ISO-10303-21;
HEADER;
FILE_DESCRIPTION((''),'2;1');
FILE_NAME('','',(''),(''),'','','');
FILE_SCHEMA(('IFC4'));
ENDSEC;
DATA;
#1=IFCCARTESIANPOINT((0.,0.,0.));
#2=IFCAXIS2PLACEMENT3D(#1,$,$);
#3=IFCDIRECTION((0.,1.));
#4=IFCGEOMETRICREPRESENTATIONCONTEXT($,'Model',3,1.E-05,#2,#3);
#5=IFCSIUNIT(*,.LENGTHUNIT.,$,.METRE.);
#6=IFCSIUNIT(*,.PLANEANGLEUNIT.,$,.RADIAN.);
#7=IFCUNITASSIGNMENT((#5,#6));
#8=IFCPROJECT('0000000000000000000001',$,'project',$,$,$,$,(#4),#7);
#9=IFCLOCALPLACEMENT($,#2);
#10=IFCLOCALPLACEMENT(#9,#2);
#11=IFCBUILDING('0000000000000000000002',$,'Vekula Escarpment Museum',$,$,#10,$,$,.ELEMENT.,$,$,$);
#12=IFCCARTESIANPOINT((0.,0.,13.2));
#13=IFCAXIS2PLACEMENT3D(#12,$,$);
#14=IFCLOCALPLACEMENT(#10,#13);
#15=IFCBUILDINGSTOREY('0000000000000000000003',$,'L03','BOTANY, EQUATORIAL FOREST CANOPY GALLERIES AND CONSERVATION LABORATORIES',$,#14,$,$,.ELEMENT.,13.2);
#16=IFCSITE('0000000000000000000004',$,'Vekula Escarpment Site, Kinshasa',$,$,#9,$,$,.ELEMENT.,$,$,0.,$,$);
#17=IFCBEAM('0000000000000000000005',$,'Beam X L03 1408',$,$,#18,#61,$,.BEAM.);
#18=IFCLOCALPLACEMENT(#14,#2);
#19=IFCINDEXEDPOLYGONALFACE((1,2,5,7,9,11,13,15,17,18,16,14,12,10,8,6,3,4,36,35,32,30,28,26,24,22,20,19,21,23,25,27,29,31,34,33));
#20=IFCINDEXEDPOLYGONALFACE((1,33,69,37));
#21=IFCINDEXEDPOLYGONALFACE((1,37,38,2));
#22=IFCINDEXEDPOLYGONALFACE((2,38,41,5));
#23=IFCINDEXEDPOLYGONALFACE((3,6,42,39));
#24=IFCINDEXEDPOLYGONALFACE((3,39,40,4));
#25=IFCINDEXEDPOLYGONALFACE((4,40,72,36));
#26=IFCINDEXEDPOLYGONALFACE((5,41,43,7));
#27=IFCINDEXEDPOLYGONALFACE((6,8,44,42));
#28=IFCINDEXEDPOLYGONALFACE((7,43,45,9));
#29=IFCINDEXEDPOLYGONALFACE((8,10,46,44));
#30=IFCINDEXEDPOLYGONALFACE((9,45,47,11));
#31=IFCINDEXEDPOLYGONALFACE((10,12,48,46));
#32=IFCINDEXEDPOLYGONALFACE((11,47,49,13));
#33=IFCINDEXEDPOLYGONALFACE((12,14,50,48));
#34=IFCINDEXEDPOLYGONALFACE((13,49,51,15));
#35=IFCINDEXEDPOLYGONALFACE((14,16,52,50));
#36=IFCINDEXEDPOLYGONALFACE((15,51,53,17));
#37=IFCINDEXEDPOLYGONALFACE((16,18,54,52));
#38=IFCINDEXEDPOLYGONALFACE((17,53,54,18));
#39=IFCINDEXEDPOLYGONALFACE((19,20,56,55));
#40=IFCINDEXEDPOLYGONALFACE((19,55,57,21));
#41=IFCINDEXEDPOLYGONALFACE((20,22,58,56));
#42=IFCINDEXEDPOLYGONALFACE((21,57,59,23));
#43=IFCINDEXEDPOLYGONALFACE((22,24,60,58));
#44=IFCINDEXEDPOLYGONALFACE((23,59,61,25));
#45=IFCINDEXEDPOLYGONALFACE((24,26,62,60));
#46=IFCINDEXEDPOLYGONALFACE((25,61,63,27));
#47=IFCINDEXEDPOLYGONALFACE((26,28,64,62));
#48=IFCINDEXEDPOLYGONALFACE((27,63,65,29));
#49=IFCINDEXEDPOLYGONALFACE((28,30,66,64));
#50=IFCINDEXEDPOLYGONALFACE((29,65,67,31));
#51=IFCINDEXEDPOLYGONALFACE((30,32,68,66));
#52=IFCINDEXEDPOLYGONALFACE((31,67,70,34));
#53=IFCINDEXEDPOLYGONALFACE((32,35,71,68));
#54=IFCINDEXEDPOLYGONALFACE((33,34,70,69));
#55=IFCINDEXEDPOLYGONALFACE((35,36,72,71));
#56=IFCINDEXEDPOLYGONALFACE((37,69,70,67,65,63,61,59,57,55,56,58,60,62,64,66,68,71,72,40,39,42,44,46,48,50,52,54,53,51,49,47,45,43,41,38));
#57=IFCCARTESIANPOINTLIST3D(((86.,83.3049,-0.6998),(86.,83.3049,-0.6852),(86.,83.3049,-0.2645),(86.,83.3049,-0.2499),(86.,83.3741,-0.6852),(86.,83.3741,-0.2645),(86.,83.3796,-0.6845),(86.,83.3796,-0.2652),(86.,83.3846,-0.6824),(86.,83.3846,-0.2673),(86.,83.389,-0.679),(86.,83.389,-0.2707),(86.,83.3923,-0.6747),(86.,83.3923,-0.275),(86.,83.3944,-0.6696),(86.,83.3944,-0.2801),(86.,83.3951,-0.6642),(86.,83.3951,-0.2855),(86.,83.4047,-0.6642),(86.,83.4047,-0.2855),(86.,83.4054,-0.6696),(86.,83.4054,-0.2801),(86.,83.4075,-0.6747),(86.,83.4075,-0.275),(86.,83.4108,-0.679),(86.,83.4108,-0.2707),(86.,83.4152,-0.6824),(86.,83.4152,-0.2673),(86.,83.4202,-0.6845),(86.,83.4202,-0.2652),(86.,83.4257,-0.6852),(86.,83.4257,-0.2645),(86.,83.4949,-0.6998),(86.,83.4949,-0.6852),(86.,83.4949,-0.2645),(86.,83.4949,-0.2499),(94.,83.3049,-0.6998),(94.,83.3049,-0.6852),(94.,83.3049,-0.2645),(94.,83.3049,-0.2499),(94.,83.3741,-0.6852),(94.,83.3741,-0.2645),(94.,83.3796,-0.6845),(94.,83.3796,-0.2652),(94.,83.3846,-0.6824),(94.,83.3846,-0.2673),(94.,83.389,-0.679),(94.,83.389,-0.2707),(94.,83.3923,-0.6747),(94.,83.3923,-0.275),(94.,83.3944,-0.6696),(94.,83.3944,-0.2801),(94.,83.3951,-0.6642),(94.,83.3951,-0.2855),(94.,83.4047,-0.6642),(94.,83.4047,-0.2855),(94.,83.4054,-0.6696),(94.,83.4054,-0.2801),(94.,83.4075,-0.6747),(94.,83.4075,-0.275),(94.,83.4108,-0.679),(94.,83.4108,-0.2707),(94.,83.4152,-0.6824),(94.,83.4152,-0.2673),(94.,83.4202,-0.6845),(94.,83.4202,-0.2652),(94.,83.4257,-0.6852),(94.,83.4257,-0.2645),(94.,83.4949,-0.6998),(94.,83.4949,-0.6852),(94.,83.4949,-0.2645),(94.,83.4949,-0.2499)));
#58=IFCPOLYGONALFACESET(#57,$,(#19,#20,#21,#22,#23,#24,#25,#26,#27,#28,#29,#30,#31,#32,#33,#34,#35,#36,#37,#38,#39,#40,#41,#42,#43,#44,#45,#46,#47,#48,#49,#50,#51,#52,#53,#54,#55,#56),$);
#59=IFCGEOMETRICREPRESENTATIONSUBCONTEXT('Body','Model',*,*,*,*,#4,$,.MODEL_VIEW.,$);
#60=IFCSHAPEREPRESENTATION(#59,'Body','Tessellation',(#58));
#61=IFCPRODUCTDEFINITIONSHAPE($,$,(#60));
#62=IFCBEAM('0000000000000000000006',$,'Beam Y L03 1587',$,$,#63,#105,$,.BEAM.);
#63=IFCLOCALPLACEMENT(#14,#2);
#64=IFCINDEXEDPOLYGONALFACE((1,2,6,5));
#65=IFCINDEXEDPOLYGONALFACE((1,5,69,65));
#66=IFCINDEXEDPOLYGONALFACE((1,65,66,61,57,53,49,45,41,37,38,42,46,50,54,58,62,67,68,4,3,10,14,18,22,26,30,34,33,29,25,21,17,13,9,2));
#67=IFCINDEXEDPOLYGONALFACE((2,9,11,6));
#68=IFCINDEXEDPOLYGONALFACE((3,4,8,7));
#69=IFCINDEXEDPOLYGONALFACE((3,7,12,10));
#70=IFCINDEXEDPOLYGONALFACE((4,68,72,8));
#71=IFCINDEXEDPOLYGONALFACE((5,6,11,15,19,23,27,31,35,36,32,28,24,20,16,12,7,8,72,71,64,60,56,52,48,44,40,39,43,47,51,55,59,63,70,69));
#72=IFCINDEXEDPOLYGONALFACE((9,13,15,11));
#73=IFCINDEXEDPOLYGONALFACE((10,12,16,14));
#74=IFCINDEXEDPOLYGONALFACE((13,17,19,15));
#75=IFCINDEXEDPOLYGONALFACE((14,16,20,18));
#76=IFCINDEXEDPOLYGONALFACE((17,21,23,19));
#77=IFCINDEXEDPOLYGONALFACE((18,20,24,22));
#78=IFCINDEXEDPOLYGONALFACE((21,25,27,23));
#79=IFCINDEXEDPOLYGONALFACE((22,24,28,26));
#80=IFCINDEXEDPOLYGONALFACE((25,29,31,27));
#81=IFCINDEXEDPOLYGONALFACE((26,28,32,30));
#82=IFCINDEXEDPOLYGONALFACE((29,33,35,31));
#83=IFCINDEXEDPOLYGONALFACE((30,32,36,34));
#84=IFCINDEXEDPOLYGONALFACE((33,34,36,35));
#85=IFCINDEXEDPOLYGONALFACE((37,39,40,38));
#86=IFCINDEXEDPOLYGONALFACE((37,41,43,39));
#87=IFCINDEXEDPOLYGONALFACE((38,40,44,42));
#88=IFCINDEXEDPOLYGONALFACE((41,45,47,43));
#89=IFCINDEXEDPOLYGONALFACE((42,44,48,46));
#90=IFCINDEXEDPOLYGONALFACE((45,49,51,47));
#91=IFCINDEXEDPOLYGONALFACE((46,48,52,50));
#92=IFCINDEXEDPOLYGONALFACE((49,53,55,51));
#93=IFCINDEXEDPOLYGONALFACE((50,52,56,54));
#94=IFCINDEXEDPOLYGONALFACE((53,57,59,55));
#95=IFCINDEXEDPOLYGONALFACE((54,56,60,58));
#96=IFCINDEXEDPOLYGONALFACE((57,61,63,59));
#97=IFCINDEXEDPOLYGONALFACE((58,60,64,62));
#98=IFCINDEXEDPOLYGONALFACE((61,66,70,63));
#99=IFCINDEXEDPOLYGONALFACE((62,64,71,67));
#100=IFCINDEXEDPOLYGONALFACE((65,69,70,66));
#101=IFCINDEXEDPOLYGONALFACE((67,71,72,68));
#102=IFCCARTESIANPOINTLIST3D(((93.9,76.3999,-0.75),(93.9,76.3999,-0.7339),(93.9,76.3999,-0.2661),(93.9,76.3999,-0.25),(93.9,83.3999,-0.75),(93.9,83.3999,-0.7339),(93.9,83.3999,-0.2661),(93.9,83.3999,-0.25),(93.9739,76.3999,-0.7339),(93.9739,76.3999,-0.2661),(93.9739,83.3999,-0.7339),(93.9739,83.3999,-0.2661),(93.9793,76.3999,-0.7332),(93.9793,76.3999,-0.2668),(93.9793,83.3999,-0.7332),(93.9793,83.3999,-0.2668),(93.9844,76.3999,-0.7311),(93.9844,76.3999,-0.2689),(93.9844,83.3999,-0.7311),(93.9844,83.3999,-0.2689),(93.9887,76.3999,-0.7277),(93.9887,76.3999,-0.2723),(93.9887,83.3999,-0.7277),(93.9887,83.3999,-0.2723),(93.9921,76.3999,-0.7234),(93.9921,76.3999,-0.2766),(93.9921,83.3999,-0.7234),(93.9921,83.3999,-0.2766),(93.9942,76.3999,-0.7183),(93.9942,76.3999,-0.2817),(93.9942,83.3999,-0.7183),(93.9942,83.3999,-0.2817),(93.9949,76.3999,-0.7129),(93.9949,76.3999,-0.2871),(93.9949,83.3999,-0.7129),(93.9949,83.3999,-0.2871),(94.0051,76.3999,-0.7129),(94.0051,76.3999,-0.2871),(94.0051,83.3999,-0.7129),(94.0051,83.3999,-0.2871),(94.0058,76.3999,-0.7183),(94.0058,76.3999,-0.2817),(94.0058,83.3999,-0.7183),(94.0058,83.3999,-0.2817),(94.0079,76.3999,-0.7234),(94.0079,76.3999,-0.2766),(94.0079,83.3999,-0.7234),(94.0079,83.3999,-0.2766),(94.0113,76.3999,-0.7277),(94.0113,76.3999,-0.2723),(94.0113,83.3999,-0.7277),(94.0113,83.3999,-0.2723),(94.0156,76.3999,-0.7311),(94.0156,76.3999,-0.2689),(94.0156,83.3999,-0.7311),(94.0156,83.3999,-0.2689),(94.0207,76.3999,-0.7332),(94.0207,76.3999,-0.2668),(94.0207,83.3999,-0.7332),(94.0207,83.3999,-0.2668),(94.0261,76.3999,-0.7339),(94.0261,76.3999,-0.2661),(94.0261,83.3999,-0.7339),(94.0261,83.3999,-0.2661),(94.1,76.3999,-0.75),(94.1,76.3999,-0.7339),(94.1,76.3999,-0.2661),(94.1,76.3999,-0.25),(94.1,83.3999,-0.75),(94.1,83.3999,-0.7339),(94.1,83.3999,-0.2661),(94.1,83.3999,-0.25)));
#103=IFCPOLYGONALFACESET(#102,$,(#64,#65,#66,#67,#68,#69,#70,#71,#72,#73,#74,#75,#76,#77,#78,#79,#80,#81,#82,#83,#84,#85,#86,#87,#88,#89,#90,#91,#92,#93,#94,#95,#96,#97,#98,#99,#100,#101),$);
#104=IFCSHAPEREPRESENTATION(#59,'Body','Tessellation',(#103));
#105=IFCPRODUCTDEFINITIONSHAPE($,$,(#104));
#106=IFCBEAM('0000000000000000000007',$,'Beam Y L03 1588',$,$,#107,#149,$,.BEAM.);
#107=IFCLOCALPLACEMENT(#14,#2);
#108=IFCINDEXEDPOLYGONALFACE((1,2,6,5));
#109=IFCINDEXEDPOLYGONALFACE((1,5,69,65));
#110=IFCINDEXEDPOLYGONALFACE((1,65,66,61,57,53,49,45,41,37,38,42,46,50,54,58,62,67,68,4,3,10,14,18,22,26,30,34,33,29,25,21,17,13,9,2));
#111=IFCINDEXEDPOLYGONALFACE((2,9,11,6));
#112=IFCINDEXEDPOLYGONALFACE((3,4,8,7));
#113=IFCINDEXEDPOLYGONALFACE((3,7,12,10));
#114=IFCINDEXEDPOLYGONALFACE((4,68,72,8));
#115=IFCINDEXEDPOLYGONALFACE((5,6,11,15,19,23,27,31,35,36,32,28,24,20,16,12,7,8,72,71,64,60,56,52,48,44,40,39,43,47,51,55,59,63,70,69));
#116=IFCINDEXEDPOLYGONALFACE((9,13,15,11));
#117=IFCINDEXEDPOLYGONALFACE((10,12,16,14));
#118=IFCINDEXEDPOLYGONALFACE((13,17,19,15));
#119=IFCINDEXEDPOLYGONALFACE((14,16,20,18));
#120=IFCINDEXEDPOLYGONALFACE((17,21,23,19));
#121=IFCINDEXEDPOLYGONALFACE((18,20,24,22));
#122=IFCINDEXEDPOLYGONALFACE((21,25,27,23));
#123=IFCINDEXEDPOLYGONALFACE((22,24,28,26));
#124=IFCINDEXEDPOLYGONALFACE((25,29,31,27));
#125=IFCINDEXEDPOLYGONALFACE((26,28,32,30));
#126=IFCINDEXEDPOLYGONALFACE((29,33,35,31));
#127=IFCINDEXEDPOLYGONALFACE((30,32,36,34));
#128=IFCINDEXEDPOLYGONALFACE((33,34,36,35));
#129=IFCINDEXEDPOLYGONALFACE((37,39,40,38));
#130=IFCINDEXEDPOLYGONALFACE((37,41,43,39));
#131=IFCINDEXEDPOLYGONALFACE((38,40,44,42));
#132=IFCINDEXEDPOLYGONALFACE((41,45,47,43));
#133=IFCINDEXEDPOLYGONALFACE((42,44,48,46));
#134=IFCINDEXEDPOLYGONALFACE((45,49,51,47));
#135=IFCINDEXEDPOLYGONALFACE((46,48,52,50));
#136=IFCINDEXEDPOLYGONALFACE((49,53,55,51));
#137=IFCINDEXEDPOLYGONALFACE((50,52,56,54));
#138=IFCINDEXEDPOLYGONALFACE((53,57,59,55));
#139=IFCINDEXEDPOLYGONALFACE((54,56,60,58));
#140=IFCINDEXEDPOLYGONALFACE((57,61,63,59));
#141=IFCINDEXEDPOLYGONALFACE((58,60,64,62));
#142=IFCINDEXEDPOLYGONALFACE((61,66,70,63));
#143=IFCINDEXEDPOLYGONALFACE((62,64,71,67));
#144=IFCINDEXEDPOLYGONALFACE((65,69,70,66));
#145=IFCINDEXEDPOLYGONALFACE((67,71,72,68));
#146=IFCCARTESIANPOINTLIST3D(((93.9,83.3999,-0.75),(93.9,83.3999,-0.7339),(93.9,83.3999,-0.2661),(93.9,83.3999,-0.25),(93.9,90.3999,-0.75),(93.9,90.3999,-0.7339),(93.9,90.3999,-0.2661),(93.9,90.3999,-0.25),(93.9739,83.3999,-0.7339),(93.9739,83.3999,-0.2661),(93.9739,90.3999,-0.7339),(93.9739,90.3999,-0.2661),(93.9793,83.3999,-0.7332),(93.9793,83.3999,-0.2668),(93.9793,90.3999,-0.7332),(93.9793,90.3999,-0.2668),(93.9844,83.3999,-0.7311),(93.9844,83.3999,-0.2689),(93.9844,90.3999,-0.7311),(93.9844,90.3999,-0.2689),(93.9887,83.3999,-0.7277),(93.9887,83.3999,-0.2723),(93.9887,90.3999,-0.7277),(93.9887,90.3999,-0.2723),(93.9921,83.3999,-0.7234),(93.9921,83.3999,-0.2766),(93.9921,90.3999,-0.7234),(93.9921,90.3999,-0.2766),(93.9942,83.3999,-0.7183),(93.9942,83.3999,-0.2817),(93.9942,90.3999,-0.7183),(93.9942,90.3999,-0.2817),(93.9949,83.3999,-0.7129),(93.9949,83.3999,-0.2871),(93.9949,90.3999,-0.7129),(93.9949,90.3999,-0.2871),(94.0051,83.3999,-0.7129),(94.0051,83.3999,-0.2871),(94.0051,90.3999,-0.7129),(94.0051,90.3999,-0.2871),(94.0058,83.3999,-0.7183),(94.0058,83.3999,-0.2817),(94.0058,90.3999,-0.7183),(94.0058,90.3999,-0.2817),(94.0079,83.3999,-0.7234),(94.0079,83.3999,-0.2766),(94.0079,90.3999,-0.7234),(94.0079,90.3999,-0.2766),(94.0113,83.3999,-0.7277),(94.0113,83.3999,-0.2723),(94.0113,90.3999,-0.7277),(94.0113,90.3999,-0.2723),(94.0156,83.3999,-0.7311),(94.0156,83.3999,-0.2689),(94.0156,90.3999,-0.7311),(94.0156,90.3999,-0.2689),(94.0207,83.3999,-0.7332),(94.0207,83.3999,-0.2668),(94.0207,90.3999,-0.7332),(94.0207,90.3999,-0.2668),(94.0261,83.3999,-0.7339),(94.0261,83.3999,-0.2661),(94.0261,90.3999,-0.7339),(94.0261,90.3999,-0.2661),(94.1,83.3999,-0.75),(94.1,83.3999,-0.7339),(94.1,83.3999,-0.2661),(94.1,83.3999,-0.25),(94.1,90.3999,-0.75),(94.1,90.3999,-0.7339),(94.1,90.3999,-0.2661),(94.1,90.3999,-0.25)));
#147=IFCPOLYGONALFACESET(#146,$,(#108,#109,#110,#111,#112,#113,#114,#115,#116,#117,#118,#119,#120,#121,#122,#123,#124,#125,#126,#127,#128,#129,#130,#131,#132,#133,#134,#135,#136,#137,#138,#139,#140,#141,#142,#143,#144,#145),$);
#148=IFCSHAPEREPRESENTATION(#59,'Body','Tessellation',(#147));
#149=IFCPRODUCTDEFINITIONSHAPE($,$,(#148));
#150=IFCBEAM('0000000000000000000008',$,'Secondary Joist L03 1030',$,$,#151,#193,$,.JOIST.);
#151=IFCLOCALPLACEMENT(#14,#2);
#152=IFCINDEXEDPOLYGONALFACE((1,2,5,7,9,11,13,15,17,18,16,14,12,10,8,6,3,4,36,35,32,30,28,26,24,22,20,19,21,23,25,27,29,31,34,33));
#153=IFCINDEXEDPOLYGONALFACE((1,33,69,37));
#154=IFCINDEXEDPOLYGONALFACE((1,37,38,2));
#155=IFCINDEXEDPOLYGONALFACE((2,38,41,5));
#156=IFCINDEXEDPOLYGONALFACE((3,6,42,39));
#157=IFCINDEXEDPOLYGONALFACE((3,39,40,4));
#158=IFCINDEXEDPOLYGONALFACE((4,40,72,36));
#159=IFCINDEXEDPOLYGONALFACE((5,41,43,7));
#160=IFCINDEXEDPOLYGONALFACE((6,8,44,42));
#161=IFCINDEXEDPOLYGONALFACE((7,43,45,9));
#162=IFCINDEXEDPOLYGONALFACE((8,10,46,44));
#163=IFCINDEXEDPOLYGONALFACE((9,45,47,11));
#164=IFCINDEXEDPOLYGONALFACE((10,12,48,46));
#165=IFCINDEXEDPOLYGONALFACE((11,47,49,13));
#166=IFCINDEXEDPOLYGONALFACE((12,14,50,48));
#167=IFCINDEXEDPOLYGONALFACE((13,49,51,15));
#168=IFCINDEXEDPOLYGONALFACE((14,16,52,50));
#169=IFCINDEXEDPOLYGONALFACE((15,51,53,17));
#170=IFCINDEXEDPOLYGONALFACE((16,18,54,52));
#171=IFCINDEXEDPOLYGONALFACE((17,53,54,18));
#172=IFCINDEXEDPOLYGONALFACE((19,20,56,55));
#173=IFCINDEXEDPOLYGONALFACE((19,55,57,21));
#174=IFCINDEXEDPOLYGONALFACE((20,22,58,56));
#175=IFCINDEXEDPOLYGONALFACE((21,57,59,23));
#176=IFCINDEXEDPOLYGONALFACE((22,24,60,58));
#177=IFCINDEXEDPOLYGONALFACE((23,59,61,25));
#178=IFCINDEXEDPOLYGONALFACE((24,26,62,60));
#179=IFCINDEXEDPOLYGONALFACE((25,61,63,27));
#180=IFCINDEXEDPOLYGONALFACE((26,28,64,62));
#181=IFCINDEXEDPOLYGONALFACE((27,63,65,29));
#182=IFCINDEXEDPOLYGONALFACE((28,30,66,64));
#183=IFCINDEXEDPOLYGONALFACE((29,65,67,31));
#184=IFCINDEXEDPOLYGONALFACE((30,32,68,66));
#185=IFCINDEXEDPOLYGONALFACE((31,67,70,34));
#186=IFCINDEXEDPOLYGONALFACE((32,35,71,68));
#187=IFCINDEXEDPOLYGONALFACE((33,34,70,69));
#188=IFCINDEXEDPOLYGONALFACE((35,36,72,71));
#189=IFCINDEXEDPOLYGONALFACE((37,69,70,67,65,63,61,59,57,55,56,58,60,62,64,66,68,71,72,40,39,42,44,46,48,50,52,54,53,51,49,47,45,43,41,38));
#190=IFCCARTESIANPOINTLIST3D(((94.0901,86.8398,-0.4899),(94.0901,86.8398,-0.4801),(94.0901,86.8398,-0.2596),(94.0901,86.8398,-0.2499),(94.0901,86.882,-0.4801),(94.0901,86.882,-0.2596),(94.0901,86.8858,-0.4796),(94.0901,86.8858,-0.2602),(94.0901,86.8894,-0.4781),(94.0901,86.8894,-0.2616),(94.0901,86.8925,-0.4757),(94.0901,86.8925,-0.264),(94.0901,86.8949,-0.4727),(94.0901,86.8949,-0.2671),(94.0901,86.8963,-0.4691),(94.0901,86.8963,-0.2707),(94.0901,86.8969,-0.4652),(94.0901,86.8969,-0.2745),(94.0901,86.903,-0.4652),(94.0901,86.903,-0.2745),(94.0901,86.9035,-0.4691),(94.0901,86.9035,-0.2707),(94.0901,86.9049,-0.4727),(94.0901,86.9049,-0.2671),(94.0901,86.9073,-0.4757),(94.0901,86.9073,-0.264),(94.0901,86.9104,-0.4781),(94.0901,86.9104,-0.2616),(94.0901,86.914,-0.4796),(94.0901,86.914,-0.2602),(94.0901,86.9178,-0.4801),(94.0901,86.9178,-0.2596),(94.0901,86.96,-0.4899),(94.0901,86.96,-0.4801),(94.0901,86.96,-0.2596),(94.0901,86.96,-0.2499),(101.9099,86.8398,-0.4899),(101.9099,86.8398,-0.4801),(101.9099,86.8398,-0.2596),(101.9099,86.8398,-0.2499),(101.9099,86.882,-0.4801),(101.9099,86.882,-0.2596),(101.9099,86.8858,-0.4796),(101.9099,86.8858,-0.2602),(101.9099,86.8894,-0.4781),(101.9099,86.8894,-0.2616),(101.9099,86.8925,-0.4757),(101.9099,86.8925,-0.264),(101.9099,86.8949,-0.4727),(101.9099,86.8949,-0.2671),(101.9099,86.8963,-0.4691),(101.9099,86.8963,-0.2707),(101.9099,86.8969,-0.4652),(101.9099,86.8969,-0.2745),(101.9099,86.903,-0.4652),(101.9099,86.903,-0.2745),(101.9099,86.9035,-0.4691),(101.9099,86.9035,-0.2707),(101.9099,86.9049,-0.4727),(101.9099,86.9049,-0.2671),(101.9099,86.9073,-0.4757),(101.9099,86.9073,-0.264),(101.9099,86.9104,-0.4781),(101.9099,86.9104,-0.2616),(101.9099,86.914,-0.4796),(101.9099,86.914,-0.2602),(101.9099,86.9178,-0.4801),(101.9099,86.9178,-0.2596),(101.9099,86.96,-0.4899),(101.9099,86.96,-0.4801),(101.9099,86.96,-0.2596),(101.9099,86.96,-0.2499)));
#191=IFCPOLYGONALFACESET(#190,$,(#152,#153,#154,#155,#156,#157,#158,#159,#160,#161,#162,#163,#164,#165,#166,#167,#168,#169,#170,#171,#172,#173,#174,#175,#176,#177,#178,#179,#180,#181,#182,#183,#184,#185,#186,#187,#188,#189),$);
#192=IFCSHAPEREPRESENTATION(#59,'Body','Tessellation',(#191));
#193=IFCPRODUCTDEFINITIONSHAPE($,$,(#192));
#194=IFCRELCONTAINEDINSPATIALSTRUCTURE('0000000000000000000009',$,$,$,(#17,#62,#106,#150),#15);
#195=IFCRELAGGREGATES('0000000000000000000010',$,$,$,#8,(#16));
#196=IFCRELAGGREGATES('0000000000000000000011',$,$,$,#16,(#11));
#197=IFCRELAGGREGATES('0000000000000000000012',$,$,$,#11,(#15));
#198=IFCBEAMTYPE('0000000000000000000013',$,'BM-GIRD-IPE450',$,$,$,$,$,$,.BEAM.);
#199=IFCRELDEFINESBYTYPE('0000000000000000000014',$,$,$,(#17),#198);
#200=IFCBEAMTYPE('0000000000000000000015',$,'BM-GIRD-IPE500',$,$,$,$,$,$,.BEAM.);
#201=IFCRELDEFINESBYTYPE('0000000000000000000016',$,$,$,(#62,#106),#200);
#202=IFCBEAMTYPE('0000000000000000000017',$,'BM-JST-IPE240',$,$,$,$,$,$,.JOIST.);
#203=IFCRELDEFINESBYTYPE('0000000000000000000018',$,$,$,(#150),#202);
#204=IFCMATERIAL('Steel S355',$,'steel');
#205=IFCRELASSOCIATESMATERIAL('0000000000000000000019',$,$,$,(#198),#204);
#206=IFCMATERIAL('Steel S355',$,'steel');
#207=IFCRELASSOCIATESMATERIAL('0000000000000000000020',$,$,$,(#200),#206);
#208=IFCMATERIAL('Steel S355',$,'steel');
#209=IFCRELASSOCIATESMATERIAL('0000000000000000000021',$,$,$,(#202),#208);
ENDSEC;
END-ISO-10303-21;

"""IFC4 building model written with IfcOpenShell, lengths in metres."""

from ifc_helpers import new_model, si_unit, direction, frame, origin, origin_2d, place, context, subcontext, project, spatial, i_section, extrude, material, material_profile, profile_set, type_object, element, save


model = new_model("IFC4")

# Units and contexts
model_context = context("Model", 3, precision=1e-05, world=origin(), true_north=direction((0.0, 1.0)))
body_context = subcontext(model_context, "Body", "Model", "MODEL_VIEW")
ifc_project = project(units=[si_unit("LENGTHUNIT", "METRE"), si_unit("PLANEANGLEUNIT", "RADIAN")], contexts=[model_context])

# Site, building, storey
site_placement = place(None, origin())
site = spatial("IfcSite", under=ifc_project, at=site_placement, Name="Vekula Escarpment Site, Kinshasa", CompositionType="ELEMENT", RefElevation=0.0)
building_placement = place(site_placement, origin())
building = spatial("IfcBuilding", under=site, at=building_placement, Name="Vekula Escarpment Museum", CompositionType="ELEMENT")
storey_placement = place(building_placement, frame((0.0, 0.0, 13.2)))
storey = spatial("IfcBuildingStorey", under=building, at=storey_placement, Name="L03", Description="BOTANY, EQUATORIAL FOREST CANOPY GALLERIES AND CONSERVATION LABORATORIES", CompositionType="ELEMENT", Elevation=13.2)

# Beams
ifc_material_1 = material(Name="Steel S355", Category="steel")
ifc_material_profile_1 = material_profile(ifc_material_1, i_section(OverallWidth=0.1899, OverallDepth=0.45, WebThickness=0.0095, FlangeThickness=0.0146, FilletRadius=0.021, at=origin_2d()), Name="IPE 450")
ifc_profile_set_1 = profile_set([ifc_material_profile_1], Name="Steel S355")
beam_type_1 = type_object("IfcBeamType", Name="BM-GIRD-IPE450", PredefinedType="BEAM", material=ifc_profile_set_1)
beam_1_placement = place(storey_placement, frame((86.0, 83.3999, -0.4749), z_axis=(1.0, 0.0, 0.0), x_axis=(0.0, 1.0, 0.0)))
element("IfcBeam", 1, at=beam_1_placement, inside=storey, type_object=beam_type_1, Name="Beam X L03 1408", PredefinedType="BEAM", context=body_context, shape_type="SweptSolid", body=[
    extrude(i_section(OverallWidth=0.1899, OverallDepth=0.45, WebThickness=0.0095, FlangeThickness=0.0146, FilletRadius=0.021, at=origin_2d()), origin(), (0.0, 0.0, 1.0), 8.0),
])
ifc_material_2 = material(Name="Steel S355", Category="steel")
ifc_material_profile_2 = material_profile(ifc_material_2, i_section(OverallWidth=0.2, OverallDepth=0.5, WebThickness=0.0103, FlangeThickness=0.0161, FilletRadius=0.021, at=origin_2d()), Name="IPE 500")
ifc_profile_set_2 = profile_set([ifc_material_profile_2], Name="Steel S355")
beam_type_2 = type_object("IfcBeamType", Name="BM-GIRD-IPE500", PredefinedType="BEAM", material=ifc_profile_set_2)
for number, where, z_axis, x_axis, name in (
    (2, (94.0, 76.3999, -0.5), (0.0, 1.0, 0.0), (-1.0, 0.0, 0.0), "Beam Y L03 1587"),
    (3, (94.0, 83.3999, -0.5), (0.0, 1.0, 0.0), (-1.0, 0.0, 0.0), "Beam Y L03 1588"),
):
    element("IfcBeam", number, at=place(storey_placement, frame(where, z_axis=z_axis, x_axis=x_axis)), inside=storey, type_object=beam_type_2, Name=name, PredefinedType="BEAM", context=body_context, shape_type="SweptSolid", body=[
        extrude(i_section(OverallWidth=0.2, OverallDepth=0.5, WebThickness=0.0103, FlangeThickness=0.0161, FilletRadius=0.021, at=origin_2d()), origin(), (0.0, 0.0, 1.0), 7.0),
    ])
ifc_material_3 = material(Name="Steel S355", Category="steel")
ifc_material_profile_3 = material_profile(ifc_material_3, i_section(OverallWidth=0.1201, OverallDepth=0.24, WebThickness=0.0061, FlangeThickness=0.0098, FilletRadius=0.0149, at=origin_2d()), Name="IPE 240")
ifc_profile_set_3 = profile_set([ifc_material_profile_3], Name="Steel S355")
beam_type_3 = type_object("IfcBeamType", Name="BM-JST-IPE240", PredefinedType="JOIST", material=ifc_profile_set_3)
beam_2_placement = place(storey_placement, frame((94.0901, 86.8999, -0.3699), z_axis=(1.0, 0.0, 0.0), x_axis=(0.0, 1.0, 0.0)))
element("IfcBeam", 4, at=beam_2_placement, inside=storey, type_object=beam_type_3, Name="Secondary Joist L03 1030", PredefinedType="JOIST", context=body_context, shape_type="SweptSolid", body=[
    extrude(i_section(OverallWidth=0.1201, OverallDepth=0.24, WebThickness=0.0061, FlangeThickness=0.0098, FilletRadius=0.0149, at=origin_2d()), origin(), (0.0, 0.0, 1.0), 7.8198),
])

save(model, "model.ifc")
